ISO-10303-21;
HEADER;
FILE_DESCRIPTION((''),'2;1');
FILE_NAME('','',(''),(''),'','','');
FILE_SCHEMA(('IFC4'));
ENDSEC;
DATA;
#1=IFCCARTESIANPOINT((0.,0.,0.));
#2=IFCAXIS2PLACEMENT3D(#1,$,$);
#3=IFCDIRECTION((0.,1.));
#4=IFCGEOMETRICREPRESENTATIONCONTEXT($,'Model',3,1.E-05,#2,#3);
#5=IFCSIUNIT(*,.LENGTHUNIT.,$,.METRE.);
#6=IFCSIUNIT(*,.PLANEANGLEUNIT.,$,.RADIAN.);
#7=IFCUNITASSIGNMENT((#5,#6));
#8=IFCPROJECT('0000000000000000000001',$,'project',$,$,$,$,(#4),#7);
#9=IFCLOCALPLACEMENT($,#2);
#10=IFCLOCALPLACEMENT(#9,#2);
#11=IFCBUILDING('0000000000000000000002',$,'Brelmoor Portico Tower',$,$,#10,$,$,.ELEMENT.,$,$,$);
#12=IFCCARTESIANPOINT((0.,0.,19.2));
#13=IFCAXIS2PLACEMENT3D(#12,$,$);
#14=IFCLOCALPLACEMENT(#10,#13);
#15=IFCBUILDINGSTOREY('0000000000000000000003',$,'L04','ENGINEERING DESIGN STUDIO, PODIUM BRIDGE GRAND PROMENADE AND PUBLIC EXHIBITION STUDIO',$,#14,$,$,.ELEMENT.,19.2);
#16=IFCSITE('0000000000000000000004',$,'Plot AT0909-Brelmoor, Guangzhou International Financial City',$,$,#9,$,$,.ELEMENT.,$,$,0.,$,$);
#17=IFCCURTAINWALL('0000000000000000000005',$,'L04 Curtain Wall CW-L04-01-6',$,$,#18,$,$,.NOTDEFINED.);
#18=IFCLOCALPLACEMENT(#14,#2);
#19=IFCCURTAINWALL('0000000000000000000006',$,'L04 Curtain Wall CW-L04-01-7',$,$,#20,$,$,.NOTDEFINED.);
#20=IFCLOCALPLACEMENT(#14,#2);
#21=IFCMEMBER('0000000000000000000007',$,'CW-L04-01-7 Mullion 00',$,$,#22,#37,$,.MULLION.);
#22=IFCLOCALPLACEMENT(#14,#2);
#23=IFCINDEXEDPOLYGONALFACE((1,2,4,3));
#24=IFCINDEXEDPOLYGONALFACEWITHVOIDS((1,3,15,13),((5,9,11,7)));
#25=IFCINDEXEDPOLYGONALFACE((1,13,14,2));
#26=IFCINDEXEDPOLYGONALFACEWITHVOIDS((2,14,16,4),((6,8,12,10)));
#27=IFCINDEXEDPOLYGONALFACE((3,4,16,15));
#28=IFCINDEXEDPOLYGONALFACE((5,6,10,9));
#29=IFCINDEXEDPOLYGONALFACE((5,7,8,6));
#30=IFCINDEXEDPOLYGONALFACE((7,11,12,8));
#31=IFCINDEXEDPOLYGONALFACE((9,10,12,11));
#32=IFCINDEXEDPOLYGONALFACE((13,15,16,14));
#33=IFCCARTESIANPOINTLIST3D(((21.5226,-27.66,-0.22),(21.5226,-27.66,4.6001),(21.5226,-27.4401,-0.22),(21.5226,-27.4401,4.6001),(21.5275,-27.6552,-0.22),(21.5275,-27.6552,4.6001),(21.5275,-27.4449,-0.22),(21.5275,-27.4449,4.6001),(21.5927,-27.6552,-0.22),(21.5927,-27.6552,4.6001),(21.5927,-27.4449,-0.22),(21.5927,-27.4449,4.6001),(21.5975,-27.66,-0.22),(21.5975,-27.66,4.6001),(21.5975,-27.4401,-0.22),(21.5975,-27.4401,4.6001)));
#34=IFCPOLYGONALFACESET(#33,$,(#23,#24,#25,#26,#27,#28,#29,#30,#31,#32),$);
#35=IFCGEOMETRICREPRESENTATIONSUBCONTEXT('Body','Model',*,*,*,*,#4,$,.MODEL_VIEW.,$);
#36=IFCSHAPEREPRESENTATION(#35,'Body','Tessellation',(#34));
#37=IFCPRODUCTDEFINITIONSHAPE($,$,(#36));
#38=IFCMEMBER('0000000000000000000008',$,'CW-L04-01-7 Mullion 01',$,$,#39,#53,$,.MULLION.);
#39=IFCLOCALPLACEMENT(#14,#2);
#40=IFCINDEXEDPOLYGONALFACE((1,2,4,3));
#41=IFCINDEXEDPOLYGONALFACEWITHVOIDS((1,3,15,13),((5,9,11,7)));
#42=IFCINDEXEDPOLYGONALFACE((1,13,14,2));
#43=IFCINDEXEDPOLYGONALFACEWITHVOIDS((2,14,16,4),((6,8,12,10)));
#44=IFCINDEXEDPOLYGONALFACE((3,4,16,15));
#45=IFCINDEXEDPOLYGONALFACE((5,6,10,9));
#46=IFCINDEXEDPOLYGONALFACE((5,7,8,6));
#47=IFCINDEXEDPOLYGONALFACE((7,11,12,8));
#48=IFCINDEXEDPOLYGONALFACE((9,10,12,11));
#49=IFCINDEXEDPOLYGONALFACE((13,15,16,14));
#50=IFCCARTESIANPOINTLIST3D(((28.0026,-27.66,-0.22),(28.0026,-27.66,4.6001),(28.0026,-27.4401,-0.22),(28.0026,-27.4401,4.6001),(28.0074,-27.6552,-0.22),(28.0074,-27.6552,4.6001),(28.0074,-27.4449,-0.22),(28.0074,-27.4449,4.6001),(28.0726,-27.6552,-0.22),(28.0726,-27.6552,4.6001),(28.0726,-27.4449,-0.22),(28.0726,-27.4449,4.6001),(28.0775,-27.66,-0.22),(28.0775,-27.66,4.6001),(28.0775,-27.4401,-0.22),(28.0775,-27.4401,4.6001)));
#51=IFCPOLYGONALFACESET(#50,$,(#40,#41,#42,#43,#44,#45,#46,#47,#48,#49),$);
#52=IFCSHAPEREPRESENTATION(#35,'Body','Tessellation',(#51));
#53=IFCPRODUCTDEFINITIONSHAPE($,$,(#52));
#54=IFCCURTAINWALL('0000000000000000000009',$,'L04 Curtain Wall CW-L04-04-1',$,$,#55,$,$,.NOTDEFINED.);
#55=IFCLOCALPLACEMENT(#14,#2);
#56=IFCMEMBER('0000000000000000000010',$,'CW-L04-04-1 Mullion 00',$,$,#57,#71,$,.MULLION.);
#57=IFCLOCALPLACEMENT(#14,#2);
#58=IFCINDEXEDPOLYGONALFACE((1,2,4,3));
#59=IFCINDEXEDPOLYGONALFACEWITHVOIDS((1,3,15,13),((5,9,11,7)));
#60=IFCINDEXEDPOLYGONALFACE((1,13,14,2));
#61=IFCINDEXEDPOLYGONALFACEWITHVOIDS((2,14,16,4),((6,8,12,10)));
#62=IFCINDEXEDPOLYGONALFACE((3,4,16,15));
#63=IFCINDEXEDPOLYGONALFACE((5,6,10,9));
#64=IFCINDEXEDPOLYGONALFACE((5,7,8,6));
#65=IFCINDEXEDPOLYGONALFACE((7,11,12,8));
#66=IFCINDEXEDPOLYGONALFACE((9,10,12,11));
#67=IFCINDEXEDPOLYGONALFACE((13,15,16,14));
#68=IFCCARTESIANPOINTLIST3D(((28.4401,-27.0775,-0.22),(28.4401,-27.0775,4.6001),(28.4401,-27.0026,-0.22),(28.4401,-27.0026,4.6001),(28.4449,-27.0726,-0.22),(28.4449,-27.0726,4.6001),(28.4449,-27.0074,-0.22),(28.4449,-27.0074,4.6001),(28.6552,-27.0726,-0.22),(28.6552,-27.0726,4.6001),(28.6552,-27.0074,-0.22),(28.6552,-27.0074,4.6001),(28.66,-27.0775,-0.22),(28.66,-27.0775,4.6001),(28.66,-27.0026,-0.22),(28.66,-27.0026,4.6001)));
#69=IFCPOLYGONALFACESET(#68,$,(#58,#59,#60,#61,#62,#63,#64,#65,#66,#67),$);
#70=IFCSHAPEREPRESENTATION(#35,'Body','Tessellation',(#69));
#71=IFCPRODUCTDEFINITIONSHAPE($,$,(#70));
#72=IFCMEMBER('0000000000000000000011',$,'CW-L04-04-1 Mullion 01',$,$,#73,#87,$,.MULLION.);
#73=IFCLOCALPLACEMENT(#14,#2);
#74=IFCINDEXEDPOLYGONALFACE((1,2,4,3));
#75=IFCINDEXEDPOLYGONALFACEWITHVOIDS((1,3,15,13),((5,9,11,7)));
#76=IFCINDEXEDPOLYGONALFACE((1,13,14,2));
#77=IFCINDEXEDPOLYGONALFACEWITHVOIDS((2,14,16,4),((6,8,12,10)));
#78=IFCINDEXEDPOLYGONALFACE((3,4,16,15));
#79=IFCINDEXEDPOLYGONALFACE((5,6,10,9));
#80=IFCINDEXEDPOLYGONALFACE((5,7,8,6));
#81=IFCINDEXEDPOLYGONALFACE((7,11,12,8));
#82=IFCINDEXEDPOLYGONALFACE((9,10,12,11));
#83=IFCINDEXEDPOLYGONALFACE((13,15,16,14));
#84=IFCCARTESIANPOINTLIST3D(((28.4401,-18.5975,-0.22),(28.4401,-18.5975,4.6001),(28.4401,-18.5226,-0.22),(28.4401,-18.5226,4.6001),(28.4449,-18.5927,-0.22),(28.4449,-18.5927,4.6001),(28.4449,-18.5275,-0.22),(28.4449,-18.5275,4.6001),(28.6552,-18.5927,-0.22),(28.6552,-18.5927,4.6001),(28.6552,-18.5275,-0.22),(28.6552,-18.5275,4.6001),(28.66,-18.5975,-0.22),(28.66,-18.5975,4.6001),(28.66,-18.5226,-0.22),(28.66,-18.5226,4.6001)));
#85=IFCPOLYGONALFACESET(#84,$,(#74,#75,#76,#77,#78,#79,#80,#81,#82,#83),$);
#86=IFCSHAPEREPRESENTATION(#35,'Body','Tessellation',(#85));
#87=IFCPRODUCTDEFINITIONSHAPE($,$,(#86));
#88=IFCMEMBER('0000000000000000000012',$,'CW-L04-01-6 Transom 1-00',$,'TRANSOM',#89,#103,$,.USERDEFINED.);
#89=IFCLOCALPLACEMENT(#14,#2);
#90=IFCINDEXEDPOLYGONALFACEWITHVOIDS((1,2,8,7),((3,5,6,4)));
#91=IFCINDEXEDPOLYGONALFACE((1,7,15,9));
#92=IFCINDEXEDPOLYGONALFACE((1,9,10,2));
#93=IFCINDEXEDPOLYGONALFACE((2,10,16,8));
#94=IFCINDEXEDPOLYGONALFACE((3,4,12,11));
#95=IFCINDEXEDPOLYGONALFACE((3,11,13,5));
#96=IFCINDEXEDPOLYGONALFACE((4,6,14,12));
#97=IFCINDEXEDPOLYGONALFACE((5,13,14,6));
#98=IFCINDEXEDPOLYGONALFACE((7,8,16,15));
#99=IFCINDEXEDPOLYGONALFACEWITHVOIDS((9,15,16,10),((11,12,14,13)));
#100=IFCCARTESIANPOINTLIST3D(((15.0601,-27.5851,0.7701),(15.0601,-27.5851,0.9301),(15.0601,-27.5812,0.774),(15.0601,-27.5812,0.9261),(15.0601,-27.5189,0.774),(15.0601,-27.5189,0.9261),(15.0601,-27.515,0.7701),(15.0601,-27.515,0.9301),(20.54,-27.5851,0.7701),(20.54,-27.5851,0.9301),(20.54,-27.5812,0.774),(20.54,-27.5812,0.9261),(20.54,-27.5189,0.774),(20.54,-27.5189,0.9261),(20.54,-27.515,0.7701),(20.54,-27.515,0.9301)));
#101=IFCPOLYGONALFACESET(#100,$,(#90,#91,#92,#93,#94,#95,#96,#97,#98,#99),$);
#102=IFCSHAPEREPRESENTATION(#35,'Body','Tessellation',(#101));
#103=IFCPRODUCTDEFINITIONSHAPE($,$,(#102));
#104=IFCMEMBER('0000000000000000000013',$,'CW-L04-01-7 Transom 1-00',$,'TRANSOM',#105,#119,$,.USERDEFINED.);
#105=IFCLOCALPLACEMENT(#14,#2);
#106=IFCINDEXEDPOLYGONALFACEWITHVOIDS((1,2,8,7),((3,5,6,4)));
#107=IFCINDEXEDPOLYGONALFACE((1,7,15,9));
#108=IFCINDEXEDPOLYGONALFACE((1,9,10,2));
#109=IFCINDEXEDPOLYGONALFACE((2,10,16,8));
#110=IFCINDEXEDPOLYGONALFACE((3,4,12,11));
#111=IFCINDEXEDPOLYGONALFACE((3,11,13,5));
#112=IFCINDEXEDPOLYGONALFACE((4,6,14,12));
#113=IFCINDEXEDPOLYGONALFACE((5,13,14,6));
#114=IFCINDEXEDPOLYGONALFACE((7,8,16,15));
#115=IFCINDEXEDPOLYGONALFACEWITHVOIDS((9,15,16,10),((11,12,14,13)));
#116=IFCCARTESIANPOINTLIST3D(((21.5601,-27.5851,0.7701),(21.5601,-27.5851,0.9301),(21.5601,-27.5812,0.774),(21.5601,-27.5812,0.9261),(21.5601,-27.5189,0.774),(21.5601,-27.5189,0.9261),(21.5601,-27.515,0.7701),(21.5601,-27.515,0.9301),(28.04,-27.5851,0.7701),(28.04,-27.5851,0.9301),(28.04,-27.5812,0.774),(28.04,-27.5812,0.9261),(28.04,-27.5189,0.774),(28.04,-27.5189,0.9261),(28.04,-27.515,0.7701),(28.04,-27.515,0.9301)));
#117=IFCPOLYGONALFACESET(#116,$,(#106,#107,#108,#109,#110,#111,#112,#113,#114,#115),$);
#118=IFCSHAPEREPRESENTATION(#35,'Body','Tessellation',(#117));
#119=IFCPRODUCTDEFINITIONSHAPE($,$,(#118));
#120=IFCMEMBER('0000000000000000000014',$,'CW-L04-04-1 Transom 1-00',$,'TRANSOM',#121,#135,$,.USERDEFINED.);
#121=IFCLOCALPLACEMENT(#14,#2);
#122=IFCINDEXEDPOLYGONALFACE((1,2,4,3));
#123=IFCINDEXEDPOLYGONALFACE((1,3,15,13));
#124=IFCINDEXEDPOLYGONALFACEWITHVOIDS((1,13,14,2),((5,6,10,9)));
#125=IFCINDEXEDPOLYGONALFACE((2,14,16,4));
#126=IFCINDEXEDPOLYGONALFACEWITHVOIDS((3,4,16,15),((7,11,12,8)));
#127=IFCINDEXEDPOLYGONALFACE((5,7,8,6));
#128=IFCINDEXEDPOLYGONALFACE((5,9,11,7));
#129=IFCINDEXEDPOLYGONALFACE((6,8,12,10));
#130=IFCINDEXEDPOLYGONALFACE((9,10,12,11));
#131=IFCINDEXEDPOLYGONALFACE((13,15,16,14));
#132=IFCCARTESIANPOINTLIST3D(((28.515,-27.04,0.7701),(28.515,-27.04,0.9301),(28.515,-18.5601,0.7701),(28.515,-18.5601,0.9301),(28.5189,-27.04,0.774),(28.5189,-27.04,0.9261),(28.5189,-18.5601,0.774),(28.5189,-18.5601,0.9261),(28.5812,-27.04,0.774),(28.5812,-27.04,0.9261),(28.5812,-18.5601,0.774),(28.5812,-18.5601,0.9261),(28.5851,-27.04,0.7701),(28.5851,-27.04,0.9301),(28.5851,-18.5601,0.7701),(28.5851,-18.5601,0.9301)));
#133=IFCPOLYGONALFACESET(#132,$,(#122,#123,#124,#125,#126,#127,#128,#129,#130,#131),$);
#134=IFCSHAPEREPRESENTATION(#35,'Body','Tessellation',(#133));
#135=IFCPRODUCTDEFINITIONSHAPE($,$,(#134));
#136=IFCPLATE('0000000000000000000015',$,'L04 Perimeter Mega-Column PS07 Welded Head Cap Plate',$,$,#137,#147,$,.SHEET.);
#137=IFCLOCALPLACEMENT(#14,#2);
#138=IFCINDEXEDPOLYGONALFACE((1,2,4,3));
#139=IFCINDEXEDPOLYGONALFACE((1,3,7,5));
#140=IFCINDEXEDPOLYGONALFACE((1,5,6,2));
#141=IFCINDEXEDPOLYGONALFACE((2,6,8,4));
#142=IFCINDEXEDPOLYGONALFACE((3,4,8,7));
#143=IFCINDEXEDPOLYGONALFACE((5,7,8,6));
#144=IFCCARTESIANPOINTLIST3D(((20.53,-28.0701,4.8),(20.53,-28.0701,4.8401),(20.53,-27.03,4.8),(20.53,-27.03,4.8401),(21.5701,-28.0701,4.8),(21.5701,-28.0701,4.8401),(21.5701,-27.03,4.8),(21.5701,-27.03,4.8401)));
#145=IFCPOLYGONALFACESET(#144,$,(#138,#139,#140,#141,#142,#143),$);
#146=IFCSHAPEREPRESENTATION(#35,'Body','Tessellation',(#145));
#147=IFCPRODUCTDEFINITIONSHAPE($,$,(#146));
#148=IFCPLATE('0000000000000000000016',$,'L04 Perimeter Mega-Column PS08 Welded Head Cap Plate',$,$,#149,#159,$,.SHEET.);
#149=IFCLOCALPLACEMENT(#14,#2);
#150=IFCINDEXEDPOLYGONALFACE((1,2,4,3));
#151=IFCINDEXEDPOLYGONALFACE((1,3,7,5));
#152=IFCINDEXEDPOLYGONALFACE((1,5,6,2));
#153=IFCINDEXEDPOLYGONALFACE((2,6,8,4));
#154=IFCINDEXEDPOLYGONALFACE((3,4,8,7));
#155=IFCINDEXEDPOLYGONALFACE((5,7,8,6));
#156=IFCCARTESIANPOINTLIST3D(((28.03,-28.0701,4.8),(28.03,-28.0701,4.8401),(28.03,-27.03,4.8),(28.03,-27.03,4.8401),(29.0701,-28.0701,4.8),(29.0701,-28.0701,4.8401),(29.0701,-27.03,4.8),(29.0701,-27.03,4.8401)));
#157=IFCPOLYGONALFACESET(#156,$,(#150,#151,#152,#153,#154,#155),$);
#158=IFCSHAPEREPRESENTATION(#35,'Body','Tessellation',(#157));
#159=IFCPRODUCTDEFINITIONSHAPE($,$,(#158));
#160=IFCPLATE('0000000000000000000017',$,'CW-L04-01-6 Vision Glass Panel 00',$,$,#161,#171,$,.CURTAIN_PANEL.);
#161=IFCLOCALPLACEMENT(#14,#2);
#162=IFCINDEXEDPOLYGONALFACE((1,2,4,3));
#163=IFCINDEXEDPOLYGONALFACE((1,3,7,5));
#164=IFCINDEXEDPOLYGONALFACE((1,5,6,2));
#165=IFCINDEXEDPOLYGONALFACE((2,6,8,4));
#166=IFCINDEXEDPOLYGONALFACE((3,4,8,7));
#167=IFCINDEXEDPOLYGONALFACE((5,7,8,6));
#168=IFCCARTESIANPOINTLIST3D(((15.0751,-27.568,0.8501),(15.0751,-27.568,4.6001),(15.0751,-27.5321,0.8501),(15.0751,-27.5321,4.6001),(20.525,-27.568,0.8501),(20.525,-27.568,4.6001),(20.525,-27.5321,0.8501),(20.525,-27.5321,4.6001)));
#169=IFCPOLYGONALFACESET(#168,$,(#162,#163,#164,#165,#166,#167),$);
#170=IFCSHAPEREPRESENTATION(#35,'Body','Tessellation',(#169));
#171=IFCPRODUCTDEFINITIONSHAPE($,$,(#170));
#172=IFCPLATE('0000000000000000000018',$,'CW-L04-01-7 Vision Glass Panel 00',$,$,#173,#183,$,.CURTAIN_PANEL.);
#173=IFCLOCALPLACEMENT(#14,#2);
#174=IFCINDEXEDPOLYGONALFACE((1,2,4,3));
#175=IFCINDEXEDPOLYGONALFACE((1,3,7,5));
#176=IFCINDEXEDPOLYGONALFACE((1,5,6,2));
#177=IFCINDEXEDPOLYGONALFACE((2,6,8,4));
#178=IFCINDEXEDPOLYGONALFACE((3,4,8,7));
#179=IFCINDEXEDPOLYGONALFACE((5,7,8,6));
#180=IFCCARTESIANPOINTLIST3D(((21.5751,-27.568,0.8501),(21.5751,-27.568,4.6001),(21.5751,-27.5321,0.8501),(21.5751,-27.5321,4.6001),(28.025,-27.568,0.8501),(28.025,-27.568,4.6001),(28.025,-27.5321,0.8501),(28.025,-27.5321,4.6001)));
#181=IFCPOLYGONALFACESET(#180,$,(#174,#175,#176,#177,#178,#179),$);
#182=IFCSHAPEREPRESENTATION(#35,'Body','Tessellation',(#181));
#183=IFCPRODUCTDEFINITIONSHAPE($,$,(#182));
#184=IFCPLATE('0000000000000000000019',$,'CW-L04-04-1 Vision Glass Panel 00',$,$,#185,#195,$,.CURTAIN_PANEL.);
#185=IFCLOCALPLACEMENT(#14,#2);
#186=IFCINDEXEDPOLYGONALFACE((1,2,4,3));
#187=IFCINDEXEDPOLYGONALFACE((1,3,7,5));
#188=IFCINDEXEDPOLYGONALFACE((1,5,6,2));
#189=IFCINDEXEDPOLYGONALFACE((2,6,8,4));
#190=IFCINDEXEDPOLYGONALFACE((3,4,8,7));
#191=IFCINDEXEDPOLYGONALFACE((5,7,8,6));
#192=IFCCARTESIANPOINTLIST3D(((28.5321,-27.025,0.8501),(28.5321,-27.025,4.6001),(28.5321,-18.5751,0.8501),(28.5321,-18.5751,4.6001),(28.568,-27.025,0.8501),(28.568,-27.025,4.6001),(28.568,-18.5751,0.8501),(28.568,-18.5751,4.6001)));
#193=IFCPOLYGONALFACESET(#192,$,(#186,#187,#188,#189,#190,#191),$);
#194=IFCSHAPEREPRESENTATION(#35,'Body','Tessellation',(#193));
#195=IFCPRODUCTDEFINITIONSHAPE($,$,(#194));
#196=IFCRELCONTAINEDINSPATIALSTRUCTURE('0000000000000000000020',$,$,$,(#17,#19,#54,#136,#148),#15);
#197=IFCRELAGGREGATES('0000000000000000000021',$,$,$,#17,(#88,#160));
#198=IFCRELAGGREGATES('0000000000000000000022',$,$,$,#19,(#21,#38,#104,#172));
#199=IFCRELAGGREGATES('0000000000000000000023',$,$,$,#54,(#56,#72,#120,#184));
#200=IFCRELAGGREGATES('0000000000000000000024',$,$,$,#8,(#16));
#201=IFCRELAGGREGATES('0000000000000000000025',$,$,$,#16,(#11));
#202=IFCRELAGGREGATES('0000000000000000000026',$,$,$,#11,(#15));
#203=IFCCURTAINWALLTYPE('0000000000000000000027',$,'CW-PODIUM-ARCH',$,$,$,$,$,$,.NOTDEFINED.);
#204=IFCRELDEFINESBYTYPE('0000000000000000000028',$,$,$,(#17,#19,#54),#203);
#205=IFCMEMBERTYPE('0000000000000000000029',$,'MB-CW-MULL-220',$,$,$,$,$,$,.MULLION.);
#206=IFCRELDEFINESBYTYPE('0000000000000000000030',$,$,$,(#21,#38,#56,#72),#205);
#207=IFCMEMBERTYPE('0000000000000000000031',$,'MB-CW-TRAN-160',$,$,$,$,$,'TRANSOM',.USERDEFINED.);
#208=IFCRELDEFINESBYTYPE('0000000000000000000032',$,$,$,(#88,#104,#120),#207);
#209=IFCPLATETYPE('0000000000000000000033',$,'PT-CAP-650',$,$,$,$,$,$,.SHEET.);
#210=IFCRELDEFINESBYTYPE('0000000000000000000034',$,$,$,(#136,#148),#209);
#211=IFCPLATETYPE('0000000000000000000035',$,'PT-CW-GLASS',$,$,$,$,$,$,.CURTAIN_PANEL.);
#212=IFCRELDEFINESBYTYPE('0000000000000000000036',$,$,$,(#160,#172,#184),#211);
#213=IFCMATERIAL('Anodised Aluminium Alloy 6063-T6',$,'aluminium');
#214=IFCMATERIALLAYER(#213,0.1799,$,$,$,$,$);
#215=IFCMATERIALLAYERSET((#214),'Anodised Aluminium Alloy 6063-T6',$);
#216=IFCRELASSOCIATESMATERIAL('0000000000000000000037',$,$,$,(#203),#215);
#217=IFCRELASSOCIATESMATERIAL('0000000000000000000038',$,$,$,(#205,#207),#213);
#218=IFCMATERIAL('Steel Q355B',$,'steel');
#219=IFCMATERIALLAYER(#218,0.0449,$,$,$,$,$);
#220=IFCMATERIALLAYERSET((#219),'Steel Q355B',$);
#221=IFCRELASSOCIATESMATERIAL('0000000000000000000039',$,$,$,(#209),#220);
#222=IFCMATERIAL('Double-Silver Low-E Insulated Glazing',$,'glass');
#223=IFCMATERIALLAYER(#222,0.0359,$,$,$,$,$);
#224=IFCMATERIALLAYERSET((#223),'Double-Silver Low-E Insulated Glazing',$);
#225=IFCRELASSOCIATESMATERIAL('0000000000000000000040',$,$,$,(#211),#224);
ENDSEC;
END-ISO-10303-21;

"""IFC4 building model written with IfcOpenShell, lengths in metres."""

from ifc_helpers import new_model, si_unit, direction, frame, origin, origin_2d, place, context, subcontext, project, spatial, rectangle, hollow_rectangle, extrude, material, layer, layer_set, material_profile, profile_set, type_object, element, aggregate, save


model = new_model("IFC4")

# Units and contexts
model_context = context("Model", 3, precision=1e-05, world=origin(), true_north=direction((0.0, 1.0)))
body_context = subcontext(model_context, "Body", "Model", "MODEL_VIEW")
ifc_project = project(units=[si_unit("LENGTHUNIT", "METRE"), si_unit("PLANEANGLEUNIT", "RADIAN")], contexts=[model_context])

# Site, building, storey
site_placement = place(None, origin())
site = spatial("IfcSite", under=ifc_project, at=site_placement, Name="Plot AT0909-Brelmoor, Guangzhou International Financial City", CompositionType="ELEMENT", RefElevation=0.0)
building_placement = place(site_placement, origin())
building = spatial("IfcBuilding", under=site, at=building_placement, Name="Brelmoor Portico Tower", CompositionType="ELEMENT")
storey_placement = place(building_placement, frame((0.0, 0.0, 19.2)))
storey = spatial("IfcBuildingStorey", under=building, at=storey_placement, Name="L04", Description="ENGINEERING DESIGN STUDIO, PODIUM BRIDGE GRAND PROMENADE AND PUBLIC EXHIBITION STUDIO", CompositionType="ELEMENT", Elevation=19.2)

# Shared definitions
ifc_material_1 = material(Name="Steel Q355B", Category="steel")

# Curtain walls, members
ifc_material_2 = material(Name="Anodised Aluminium Alloy 6063-T6", Category="aluminium")
ifc_layer_1 = layer(ifc_material_2, 0.1799)
ifc_layer_set_1 = layer_set([ifc_layer_1], Name="Anodised Aluminium Alloy 6063-T6")
curtain_wall_type = type_object("IfcCurtainWallType", Name="CW-PODIUM-ARCH", PredefinedType="NOTDEFINED", material=ifc_layer_set_1)
curtain_wall_1_placement = place(storey_placement, origin())
curtain_wall_1 = element("IfcCurtainWall", 1, at=curtain_wall_1_placement, inside=storey, type_object=curtain_wall_type, Name="L04 Curtain Wall CW-L04-01-6", PredefinedType="NOTDEFINED")
ifc_material_profile_1 = material_profile(ifc_material_2, hollow_rectangle(XDim=0.075, YDim=0.22, WallThickness=0.0049, at=origin_2d()), Name="ALU MULLION 75x220")
ifc_profile_set_1 = profile_set([ifc_material_profile_1], Name="Anodised Aluminium Alloy 6063-T6")
member_type_1 = type_object("IfcMemberType", Name="MB-CW-MULL-220", PredefinedType="MULLION", material=ifc_profile_set_1)
curtain_wall_2_placement = place(storey_placement, origin())
curtain_wall_2 = element("IfcCurtainWall", 2, at=curtain_wall_2_placement, inside=storey, type_object=curtain_wall_type, Name="L04 Curtain Wall CW-L04-01-7", PredefinedType="NOTDEFINED")
member_1_placement = place(storey_placement, frame((21.5601, -27.55, -0.22), z_axis=(0.0, 0.0, 1.0), x_axis=(1.0, 0.0, 0.0)))
member_1 = element("IfcMember", 3, at=member_1_placement, type_object=member_type_1, Name="CW-L04-01-7 Mullion 00", PredefinedType="MULLION", context=body_context, shape_type="SweptSolid", body=[
    extrude(hollow_rectangle(XDim=0.075, YDim=0.22, WallThickness=0.0049, at=origin_2d()), origin(), (0.0, 0.0, 1.0), 4.8201),
])
member_2_placement = place(storey_placement, frame((28.04, -27.55, -0.22), z_axis=(0.0, 0.0, 1.0), x_axis=(1.0, 0.0, 0.0)))
member_2 = element("IfcMember", 4, at=member_2_placement, type_object=member_type_1, Name="CW-L04-01-7 Mullion 01", PredefinedType="MULLION", context=body_context, shape_type="SweptSolid", body=[
    extrude(hollow_rectangle(XDim=0.075, YDim=0.22, WallThickness=0.0049, at=origin_2d()), origin(), (0.0, 0.0, 1.0), 4.8201),
])
curtain_wall_3_placement = place(storey_placement, origin())
curtain_wall_3 = element("IfcCurtainWall", 5, at=curtain_wall_3_placement, inside=storey, type_object=curtain_wall_type, Name="L04 Curtain Wall CW-L04-04-1", PredefinedType="NOTDEFINED")
member_3_placement = place(storey_placement, frame((28.55, -27.04, -0.22), z_axis=(0.0, 0.0, 1.0), x_axis=(0.0, 1.0, 0.0)))
member_3 = element("IfcMember", 6, at=member_3_placement, type_object=member_type_1, Name="CW-L04-04-1 Mullion 00", PredefinedType="MULLION", context=body_context, shape_type="SweptSolid", body=[
    extrude(hollow_rectangle(XDim=0.075, YDim=0.22, WallThickness=0.0049, at=origin_2d()), origin(), (0.0, 0.0, 1.0), 4.8201),
])
member_4_placement = place(storey_placement, frame((28.55, -18.5601, -0.22), z_axis=(0.0, 0.0, 1.0), x_axis=(0.0, 1.0, 0.0)))
member_4 = element("IfcMember", 7, at=member_4_placement, type_object=member_type_1, Name="CW-L04-04-1 Mullion 01", PredefinedType="MULLION", context=body_context, shape_type="SweptSolid", body=[
    extrude(hollow_rectangle(XDim=0.075, YDim=0.22, WallThickness=0.0049, at=origin_2d()), origin(), (0.0, 0.0, 1.0), 4.8201),
])

# Members
ifc_material_profile_2 = material_profile(ifc_material_2, hollow_rectangle(XDim=0.0701, YDim=0.1599, WallThickness=0.0039, at=origin_2d()), Name="ALU TRANSOM 70x160")
ifc_profile_set_2 = profile_set([ifc_material_profile_2], Name="Anodised Aluminium Alloy 6063-T6")
member_type_2 = type_object("IfcMemberType", Name="MB-CW-TRAN-160", ElementType="TRANSOM", PredefinedType="USERDEFINED", material=ifc_profile_set_2)
member_5_placement = place(storey_placement, frame((15.0601, -27.55, 0.8501), z_axis=(1.0, 0.0, 0.0), x_axis=(0.0, 1.0, 0.0)))
member_5 = element("IfcMember", 8, at=member_5_placement, type_object=member_type_2, Name="CW-L04-01-6 Transom 1-00", ObjectType="TRANSOM", PredefinedType="USERDEFINED", context=body_context, shape_type="SweptSolid", body=[
    extrude(hollow_rectangle(XDim=0.0701, YDim=0.1599, WallThickness=0.0039, at=origin_2d()), origin(), (0.0, 0.0, 1.0), 5.48),
])
member_6_placement = place(storey_placement, frame((21.5601, -27.55, 0.8501), z_axis=(1.0, 0.0, 0.0), x_axis=(0.0, 1.0, 0.0)))
member_6 = element("IfcMember", 9, at=member_6_placement, type_object=member_type_2, Name="CW-L04-01-7 Transom 1-00", ObjectType="TRANSOM", PredefinedType="USERDEFINED", context=body_context, shape_type="SweptSolid", body=[
    extrude(hollow_rectangle(XDim=0.0701, YDim=0.1599, WallThickness=0.0039, at=origin_2d()), origin(), (0.0, 0.0, 1.0), 6.48),
])
member_7_placement = place(storey_placement, frame((28.55, -27.04, 0.8501), z_axis=(0.0, 1.0, 0.0), x_axis=(-1.0, 0.0, 0.0)))
member_7 = element("IfcMember", 10, at=member_7_placement, type_object=member_type_2, Name="CW-L04-04-1 Transom 1-00", ObjectType="TRANSOM", PredefinedType="USERDEFINED", context=body_context, shape_type="SweptSolid", body=[
    extrude(hollow_rectangle(XDim=0.0701, YDim=0.1599, WallThickness=0.0039, at=origin_2d()), origin(), (0.0, 0.0, 1.0), 8.48),
])

# Plates
ifc_layer_2 = layer(ifc_material_1, 0.0449)
ifc_layer_set_2 = layer_set([ifc_layer_2], Name="Steel Q355B")
plate_type_1 = type_object("IfcPlateType", Name="PT-CAP-650", PredefinedType="SHEET", material=ifc_layer_set_2)
for number, where, z_axis, x_axis, name in (
    (11, (21.05, -27.55, 4.8), (0.0, 0.0, 1.0), (1.0, 0.0, 0.0), "L04 Perimeter Mega-Column PS07 Welded Head Cap Plate"),
    (12, (28.55, -27.55, 4.8), (0.0, 0.0, 1.0), (1.0, 0.0, 0.0), "L04 Perimeter Mega-Column PS08 Welded Head Cap Plate"),
):
    element("IfcPlate", number, at=place(storey_placement, frame(where, z_axis=z_axis, x_axis=x_axis)), inside=storey, type_object=plate_type_1, Name=name, PredefinedType="SHEET", context=body_context, shape_type="SweptSolid", body=[
        extrude(rectangle(XDim=1.04, YDim=1.04, at=origin_2d()), origin(), (0.0, 0.0, 1.0), 0.04),
    ])

# Plates
ifc_material_3 = material(Name="Double-Silver Low-E Insulated Glazing", Category="glass")
ifc_layer_3 = layer(ifc_material_3, 0.0359)
ifc_layer_set_3 = layer_set([ifc_layer_3], Name="Double-Silver Low-E Insulated Glazing")
plate_type_2 = type_object("IfcPlateType", Name="PT-CW-GLASS", PredefinedType="CURTAIN_PANEL", material=ifc_layer_set_3)
plate_1_placement = place(storey_placement, frame((17.8, -27.55, 0.8501), z_axis=(0.0, 0.0, 1.0), x_axis=(1.0, 0.0, 0.0)))
plate_1 = element("IfcPlate", 13, at=plate_1_placement, type_object=plate_type_2, Name="CW-L04-01-6 Vision Glass Panel 00", PredefinedType="CURTAIN_PANEL", context=body_context, shape_type="SweptSolid", body=[
    extrude(rectangle(XDim=5.45, YDim=0.0359, at=origin_2d()), origin(), (0.0, 0.0, 1.0), 3.75),
])
plate_2_placement = place(storey_placement, frame((24.8, -27.55, 0.8501), z_axis=(0.0, 0.0, 1.0), x_axis=(1.0, 0.0, 0.0)))
plate_2 = element("IfcPlate", 14, at=plate_2_placement, type_object=plate_type_2, Name="CW-L04-01-7 Vision Glass Panel 00", PredefinedType="CURTAIN_PANEL", context=body_context, shape_type="SweptSolid", body=[
    extrude(rectangle(XDim=6.45, YDim=0.0359, at=origin_2d()), origin(), (0.0, 0.0, 1.0), 3.75),
])
plate_3_placement = place(storey_placement, frame((28.55, -22.8, 0.8501), z_axis=(0.0, 0.0, 1.0), x_axis=(0.0, 1.0, 0.0)))
plate_3 = element("IfcPlate", 15, at=plate_3_placement, type_object=plate_type_2, Name="CW-L04-04-1 Vision Glass Panel 00", PredefinedType="CURTAIN_PANEL", context=body_context, shape_type="SweptSolid", body=[
    extrude(rectangle(XDim=8.45, YDim=0.0359, at=origin_2d()), origin(), (0.0, 0.0, 1.0), 3.75),
])
aggregate(curtain_wall_1, [member_5, plate_1])
aggregate(curtain_wall_2, [member_1, member_2, member_6, plate_2])
aggregate(curtain_wall_3, [member_3, member_4, member_7, plate_3])

save(model, "model.ifc")
